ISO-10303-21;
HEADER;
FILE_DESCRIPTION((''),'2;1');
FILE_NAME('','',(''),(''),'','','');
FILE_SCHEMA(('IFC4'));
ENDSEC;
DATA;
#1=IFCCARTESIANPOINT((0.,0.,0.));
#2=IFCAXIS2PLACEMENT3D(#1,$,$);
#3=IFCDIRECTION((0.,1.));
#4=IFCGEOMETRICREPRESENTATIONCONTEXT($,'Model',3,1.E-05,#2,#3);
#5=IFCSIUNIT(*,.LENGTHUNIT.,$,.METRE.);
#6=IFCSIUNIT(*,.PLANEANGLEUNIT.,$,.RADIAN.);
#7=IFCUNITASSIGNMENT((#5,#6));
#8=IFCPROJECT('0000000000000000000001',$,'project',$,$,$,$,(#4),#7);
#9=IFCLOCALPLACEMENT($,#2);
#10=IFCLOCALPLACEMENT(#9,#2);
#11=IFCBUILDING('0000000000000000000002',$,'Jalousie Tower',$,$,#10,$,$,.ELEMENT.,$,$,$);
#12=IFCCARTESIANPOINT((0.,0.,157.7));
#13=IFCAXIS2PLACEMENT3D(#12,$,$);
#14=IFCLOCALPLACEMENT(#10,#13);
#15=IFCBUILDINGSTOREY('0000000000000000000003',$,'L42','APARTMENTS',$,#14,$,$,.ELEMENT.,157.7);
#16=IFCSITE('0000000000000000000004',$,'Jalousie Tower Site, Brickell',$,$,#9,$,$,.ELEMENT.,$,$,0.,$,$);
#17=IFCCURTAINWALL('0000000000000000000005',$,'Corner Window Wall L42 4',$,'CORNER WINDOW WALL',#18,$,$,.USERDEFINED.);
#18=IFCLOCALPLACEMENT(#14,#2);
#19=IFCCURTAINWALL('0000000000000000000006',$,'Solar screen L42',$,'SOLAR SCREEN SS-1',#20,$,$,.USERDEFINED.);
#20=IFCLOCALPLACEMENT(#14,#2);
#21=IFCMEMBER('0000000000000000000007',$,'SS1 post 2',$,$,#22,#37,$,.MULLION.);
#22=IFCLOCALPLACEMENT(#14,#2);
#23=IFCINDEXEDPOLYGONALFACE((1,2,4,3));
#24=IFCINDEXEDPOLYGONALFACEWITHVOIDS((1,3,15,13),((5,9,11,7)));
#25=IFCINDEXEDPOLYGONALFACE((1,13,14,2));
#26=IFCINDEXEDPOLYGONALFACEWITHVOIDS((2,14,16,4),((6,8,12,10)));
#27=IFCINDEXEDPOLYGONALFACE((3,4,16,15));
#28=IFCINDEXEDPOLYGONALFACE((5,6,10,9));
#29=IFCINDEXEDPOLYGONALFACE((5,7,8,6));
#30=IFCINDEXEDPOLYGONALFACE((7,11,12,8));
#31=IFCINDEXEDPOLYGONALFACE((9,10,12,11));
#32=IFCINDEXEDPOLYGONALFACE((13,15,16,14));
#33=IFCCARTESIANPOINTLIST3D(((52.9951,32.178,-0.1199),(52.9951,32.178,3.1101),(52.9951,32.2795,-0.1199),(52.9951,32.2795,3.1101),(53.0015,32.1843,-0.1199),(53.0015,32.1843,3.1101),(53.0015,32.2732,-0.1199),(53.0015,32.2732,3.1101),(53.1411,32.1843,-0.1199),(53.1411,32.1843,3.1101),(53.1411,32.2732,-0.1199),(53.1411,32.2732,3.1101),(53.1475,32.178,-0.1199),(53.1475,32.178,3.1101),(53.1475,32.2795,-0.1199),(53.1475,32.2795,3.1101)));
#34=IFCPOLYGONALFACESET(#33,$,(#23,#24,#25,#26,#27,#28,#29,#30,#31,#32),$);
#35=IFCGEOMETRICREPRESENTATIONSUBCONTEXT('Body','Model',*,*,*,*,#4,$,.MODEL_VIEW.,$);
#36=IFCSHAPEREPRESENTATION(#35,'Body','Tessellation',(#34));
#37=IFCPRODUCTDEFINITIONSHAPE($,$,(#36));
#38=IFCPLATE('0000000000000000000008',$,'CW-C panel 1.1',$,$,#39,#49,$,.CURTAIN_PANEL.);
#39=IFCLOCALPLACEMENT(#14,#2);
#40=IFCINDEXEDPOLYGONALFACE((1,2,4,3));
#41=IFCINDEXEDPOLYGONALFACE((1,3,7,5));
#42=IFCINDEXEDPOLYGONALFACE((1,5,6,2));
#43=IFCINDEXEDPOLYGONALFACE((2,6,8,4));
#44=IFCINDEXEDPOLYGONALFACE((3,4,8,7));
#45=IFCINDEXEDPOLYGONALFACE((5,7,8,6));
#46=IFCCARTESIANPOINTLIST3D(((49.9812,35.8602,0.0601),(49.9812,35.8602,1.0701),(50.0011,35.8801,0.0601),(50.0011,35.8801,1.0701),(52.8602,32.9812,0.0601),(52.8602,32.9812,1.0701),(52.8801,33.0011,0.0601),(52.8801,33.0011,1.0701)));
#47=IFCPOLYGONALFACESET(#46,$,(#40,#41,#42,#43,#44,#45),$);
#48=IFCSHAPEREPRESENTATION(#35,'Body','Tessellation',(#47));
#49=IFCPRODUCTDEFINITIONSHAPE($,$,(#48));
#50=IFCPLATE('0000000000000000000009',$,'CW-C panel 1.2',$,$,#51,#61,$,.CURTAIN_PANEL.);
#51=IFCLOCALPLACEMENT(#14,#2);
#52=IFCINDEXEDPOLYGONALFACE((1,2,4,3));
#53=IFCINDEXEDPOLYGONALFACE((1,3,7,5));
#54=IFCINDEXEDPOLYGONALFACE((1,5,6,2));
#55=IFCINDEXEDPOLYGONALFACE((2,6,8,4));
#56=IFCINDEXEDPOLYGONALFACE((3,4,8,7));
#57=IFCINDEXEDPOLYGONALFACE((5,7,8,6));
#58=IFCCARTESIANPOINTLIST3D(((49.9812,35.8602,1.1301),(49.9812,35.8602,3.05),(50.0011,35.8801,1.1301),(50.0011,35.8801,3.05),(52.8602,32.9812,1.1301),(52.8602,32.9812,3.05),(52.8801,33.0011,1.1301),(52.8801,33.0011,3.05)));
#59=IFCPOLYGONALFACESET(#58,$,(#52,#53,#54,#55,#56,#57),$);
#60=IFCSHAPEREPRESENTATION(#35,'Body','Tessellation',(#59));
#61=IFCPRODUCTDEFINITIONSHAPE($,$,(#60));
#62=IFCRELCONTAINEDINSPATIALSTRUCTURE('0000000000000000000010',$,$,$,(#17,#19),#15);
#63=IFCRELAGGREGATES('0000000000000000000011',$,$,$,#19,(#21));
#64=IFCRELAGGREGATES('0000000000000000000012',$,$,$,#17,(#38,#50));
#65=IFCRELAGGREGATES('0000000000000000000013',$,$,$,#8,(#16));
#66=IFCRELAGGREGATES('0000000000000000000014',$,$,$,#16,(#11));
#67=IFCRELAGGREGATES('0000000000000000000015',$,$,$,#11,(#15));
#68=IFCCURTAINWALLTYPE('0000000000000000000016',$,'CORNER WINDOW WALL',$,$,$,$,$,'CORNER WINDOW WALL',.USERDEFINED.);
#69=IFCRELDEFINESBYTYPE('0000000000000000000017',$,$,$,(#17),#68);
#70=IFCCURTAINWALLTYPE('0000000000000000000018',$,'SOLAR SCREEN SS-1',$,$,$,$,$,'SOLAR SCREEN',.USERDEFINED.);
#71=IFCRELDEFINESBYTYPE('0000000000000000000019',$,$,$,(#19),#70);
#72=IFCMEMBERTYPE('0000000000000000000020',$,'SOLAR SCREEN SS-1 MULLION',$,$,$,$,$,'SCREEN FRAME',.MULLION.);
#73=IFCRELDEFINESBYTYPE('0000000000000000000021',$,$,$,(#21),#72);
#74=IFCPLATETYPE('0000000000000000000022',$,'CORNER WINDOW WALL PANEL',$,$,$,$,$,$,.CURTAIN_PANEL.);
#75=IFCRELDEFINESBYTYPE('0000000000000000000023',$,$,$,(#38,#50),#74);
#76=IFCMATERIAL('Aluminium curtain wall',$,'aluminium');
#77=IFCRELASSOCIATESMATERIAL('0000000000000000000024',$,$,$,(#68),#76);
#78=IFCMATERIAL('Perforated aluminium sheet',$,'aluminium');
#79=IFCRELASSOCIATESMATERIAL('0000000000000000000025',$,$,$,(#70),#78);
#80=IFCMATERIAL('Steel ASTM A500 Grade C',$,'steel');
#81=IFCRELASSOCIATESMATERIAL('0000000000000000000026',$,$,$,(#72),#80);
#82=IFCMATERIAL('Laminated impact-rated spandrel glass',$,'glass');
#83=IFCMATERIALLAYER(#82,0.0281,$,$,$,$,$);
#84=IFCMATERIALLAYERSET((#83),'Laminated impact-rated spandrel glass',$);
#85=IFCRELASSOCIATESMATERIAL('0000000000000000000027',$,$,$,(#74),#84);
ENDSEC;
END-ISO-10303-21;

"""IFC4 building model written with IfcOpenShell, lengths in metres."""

from ifc_helpers import new_model, si_unit, direction, frame, origin, origin_2d, place, context, subcontext, project, spatial, rectangle, hollow_rectangle, extrude, material, layer, layer_set, material_profile, profile_set, type_object, element, aggregate, save


model = new_model("IFC4")

# Units and contexts
model_context = context("Model", 3, precision=1e-05, world=origin(), true_north=direction((0.0, 1.0)))
body_context = subcontext(model_context, "Body", "Model", "MODEL_VIEW")
ifc_project = project(units=[si_unit("LENGTHUNIT", "METRE"), si_unit("PLANEANGLEUNIT", "RADIAN")], contexts=[model_context])

# Site, building, storey
site_placement = place(None, origin())
site = spatial("IfcSite", under=ifc_project, at=site_placement, Name="Jalousie Tower Site, Brickell", CompositionType="ELEMENT", RefElevation=0.0)
building_placement = place(site_placement, origin())
building = spatial("IfcBuilding", under=site, at=building_placement, Name="Jalousie Tower", CompositionType="ELEMENT")
storey_placement = place(building_placement, frame((0.0, 0.0, 157.7)))
storey = spatial("IfcBuildingStorey", under=building, at=storey_placement, Name="L42", Description="APARTMENTS", CompositionType="ELEMENT", Elevation=157.7)

# Curtain wall
ifc_material_1 = material(Name="Aluminium curtain wall", Category="aluminium")
curtain_wall_type_1 = type_object("IfcCurtainWallType", Name="CORNER WINDOW WALL", ElementType="CORNER WINDOW WALL", PredefinedType="USERDEFINED", material=ifc_material_1)
curtain_wall_1_placement = place(storey_placement, origin())
curtain_wall_1 = element("IfcCurtainWall", 1, at=curtain_wall_1_placement, inside=storey, type_object=curtain_wall_type_1, Name="Corner Window Wall L42 4", ObjectType="CORNER WINDOW WALL", PredefinedType="USERDEFINED")

# Curtain wall, member
ifc_material_2 = material(Name="Perforated aluminium sheet", Category="aluminium")
curtain_wall_type_2 = type_object("IfcCurtainWallType", Name="SOLAR SCREEN SS-1", ElementType="SOLAR SCREEN", PredefinedType="USERDEFINED", material=ifc_material_2)
curtain_wall_2_placement = place(storey_placement, origin())
curtain_wall_2 = element("IfcCurtainWall", 2, at=curtain_wall_2_placement, inside=storey, type_object=curtain_wall_type_2, Name="Solar screen L42", ObjectType="SOLAR SCREEN SS-1", PredefinedType="USERDEFINED")
ifc_material_3 = material(Name="Steel ASTM A500 Grade C", Category="steel")
ifc_material_profile_1 = material_profile(ifc_material_3, hollow_rectangle(XDim=0.1016, YDim=0.1523, WallThickness=0.0063, at=origin_2d()), Name="HSS6X4X1/4")
ifc_profile_set_1 = profile_set([ifc_material_profile_1], Name="Steel ASTM A500 Grade C")
member_type_1 = type_object("IfcMemberType", Name="SOLAR SCREEN SS-1 MULLION", ElementType="SCREEN FRAME", PredefinedType="MULLION", material=ifc_profile_set_1)
member_1_placement = place(storey_placement, frame((53.0713, 32.2288, -0.1199), z_axis=(0.0, 0.0, 1.0), x_axis=(0.0, 1.0, 0.0)))
member_1 = element("IfcMember", 3, at=member_1_placement, type_object=member_type_1, Name="SS1 post 2", PredefinedType="MULLION", context=body_context, shape_type="SweptSolid", body=[
    extrude(hollow_rectangle(XDim=0.1016, YDim=0.1523, WallThickness=0.0063, at=origin_2d()), origin(), (0.0, 0.0, 1.0), 3.23),
])
aggregate(curtain_wall_2, [member_1])

# Plates
ifc_material_4 = material(Name="Laminated impact-rated spandrel glass", Category="glass")
ifc_layer = layer(ifc_material_4, 0.0281)
ifc_layer_set = layer_set([ifc_layer], Name="Laminated impact-rated spandrel glass")
plate_type = type_object("IfcPlateType", Name="CORNER WINDOW WALL PANEL", PredefinedType="CURTAIN_PANEL", material=ifc_layer_set)
plate_1_placement = place(storey_placement, frame((51.4307, 34.4307, 0.0601), z_axis=(0.0, 0.0, 1.0), x_axis=(-0.707107, 0.707107, 0.0)))
plate_1 = element("IfcPlate", 4, at=plate_1_placement, type_object=plate_type, Name="CW-C panel 1.1", PredefinedType="CURTAIN_PANEL", context=body_context, shape_type="SweptSolid", body=[
    extrude(rectangle(XDim=4.0715, YDim=0.0281, at=origin_2d()), origin(), (0.0, 0.0, 1.0), 1.01),
])
plate_2_placement = place(storey_placement, frame((51.4307, 34.4307, 1.1301), z_axis=(0.0, 0.0, 1.0), x_axis=(-0.707107, 0.707107, 0.0)))
plate_2 = element("IfcPlate", 5, at=plate_2_placement, type_object=plate_type, Name="CW-C panel 1.2", PredefinedType="CURTAIN_PANEL", context=body_context, shape_type="SweptSolid", body=[
    extrude(rectangle(XDim=4.0715, YDim=0.0281, at=origin_2d()), origin(), (0.0, 0.0, 1.0), 1.9199),
])
aggregate(curtain_wall_1, [plate_1, plate_2])

save(model, "model.ifc")
